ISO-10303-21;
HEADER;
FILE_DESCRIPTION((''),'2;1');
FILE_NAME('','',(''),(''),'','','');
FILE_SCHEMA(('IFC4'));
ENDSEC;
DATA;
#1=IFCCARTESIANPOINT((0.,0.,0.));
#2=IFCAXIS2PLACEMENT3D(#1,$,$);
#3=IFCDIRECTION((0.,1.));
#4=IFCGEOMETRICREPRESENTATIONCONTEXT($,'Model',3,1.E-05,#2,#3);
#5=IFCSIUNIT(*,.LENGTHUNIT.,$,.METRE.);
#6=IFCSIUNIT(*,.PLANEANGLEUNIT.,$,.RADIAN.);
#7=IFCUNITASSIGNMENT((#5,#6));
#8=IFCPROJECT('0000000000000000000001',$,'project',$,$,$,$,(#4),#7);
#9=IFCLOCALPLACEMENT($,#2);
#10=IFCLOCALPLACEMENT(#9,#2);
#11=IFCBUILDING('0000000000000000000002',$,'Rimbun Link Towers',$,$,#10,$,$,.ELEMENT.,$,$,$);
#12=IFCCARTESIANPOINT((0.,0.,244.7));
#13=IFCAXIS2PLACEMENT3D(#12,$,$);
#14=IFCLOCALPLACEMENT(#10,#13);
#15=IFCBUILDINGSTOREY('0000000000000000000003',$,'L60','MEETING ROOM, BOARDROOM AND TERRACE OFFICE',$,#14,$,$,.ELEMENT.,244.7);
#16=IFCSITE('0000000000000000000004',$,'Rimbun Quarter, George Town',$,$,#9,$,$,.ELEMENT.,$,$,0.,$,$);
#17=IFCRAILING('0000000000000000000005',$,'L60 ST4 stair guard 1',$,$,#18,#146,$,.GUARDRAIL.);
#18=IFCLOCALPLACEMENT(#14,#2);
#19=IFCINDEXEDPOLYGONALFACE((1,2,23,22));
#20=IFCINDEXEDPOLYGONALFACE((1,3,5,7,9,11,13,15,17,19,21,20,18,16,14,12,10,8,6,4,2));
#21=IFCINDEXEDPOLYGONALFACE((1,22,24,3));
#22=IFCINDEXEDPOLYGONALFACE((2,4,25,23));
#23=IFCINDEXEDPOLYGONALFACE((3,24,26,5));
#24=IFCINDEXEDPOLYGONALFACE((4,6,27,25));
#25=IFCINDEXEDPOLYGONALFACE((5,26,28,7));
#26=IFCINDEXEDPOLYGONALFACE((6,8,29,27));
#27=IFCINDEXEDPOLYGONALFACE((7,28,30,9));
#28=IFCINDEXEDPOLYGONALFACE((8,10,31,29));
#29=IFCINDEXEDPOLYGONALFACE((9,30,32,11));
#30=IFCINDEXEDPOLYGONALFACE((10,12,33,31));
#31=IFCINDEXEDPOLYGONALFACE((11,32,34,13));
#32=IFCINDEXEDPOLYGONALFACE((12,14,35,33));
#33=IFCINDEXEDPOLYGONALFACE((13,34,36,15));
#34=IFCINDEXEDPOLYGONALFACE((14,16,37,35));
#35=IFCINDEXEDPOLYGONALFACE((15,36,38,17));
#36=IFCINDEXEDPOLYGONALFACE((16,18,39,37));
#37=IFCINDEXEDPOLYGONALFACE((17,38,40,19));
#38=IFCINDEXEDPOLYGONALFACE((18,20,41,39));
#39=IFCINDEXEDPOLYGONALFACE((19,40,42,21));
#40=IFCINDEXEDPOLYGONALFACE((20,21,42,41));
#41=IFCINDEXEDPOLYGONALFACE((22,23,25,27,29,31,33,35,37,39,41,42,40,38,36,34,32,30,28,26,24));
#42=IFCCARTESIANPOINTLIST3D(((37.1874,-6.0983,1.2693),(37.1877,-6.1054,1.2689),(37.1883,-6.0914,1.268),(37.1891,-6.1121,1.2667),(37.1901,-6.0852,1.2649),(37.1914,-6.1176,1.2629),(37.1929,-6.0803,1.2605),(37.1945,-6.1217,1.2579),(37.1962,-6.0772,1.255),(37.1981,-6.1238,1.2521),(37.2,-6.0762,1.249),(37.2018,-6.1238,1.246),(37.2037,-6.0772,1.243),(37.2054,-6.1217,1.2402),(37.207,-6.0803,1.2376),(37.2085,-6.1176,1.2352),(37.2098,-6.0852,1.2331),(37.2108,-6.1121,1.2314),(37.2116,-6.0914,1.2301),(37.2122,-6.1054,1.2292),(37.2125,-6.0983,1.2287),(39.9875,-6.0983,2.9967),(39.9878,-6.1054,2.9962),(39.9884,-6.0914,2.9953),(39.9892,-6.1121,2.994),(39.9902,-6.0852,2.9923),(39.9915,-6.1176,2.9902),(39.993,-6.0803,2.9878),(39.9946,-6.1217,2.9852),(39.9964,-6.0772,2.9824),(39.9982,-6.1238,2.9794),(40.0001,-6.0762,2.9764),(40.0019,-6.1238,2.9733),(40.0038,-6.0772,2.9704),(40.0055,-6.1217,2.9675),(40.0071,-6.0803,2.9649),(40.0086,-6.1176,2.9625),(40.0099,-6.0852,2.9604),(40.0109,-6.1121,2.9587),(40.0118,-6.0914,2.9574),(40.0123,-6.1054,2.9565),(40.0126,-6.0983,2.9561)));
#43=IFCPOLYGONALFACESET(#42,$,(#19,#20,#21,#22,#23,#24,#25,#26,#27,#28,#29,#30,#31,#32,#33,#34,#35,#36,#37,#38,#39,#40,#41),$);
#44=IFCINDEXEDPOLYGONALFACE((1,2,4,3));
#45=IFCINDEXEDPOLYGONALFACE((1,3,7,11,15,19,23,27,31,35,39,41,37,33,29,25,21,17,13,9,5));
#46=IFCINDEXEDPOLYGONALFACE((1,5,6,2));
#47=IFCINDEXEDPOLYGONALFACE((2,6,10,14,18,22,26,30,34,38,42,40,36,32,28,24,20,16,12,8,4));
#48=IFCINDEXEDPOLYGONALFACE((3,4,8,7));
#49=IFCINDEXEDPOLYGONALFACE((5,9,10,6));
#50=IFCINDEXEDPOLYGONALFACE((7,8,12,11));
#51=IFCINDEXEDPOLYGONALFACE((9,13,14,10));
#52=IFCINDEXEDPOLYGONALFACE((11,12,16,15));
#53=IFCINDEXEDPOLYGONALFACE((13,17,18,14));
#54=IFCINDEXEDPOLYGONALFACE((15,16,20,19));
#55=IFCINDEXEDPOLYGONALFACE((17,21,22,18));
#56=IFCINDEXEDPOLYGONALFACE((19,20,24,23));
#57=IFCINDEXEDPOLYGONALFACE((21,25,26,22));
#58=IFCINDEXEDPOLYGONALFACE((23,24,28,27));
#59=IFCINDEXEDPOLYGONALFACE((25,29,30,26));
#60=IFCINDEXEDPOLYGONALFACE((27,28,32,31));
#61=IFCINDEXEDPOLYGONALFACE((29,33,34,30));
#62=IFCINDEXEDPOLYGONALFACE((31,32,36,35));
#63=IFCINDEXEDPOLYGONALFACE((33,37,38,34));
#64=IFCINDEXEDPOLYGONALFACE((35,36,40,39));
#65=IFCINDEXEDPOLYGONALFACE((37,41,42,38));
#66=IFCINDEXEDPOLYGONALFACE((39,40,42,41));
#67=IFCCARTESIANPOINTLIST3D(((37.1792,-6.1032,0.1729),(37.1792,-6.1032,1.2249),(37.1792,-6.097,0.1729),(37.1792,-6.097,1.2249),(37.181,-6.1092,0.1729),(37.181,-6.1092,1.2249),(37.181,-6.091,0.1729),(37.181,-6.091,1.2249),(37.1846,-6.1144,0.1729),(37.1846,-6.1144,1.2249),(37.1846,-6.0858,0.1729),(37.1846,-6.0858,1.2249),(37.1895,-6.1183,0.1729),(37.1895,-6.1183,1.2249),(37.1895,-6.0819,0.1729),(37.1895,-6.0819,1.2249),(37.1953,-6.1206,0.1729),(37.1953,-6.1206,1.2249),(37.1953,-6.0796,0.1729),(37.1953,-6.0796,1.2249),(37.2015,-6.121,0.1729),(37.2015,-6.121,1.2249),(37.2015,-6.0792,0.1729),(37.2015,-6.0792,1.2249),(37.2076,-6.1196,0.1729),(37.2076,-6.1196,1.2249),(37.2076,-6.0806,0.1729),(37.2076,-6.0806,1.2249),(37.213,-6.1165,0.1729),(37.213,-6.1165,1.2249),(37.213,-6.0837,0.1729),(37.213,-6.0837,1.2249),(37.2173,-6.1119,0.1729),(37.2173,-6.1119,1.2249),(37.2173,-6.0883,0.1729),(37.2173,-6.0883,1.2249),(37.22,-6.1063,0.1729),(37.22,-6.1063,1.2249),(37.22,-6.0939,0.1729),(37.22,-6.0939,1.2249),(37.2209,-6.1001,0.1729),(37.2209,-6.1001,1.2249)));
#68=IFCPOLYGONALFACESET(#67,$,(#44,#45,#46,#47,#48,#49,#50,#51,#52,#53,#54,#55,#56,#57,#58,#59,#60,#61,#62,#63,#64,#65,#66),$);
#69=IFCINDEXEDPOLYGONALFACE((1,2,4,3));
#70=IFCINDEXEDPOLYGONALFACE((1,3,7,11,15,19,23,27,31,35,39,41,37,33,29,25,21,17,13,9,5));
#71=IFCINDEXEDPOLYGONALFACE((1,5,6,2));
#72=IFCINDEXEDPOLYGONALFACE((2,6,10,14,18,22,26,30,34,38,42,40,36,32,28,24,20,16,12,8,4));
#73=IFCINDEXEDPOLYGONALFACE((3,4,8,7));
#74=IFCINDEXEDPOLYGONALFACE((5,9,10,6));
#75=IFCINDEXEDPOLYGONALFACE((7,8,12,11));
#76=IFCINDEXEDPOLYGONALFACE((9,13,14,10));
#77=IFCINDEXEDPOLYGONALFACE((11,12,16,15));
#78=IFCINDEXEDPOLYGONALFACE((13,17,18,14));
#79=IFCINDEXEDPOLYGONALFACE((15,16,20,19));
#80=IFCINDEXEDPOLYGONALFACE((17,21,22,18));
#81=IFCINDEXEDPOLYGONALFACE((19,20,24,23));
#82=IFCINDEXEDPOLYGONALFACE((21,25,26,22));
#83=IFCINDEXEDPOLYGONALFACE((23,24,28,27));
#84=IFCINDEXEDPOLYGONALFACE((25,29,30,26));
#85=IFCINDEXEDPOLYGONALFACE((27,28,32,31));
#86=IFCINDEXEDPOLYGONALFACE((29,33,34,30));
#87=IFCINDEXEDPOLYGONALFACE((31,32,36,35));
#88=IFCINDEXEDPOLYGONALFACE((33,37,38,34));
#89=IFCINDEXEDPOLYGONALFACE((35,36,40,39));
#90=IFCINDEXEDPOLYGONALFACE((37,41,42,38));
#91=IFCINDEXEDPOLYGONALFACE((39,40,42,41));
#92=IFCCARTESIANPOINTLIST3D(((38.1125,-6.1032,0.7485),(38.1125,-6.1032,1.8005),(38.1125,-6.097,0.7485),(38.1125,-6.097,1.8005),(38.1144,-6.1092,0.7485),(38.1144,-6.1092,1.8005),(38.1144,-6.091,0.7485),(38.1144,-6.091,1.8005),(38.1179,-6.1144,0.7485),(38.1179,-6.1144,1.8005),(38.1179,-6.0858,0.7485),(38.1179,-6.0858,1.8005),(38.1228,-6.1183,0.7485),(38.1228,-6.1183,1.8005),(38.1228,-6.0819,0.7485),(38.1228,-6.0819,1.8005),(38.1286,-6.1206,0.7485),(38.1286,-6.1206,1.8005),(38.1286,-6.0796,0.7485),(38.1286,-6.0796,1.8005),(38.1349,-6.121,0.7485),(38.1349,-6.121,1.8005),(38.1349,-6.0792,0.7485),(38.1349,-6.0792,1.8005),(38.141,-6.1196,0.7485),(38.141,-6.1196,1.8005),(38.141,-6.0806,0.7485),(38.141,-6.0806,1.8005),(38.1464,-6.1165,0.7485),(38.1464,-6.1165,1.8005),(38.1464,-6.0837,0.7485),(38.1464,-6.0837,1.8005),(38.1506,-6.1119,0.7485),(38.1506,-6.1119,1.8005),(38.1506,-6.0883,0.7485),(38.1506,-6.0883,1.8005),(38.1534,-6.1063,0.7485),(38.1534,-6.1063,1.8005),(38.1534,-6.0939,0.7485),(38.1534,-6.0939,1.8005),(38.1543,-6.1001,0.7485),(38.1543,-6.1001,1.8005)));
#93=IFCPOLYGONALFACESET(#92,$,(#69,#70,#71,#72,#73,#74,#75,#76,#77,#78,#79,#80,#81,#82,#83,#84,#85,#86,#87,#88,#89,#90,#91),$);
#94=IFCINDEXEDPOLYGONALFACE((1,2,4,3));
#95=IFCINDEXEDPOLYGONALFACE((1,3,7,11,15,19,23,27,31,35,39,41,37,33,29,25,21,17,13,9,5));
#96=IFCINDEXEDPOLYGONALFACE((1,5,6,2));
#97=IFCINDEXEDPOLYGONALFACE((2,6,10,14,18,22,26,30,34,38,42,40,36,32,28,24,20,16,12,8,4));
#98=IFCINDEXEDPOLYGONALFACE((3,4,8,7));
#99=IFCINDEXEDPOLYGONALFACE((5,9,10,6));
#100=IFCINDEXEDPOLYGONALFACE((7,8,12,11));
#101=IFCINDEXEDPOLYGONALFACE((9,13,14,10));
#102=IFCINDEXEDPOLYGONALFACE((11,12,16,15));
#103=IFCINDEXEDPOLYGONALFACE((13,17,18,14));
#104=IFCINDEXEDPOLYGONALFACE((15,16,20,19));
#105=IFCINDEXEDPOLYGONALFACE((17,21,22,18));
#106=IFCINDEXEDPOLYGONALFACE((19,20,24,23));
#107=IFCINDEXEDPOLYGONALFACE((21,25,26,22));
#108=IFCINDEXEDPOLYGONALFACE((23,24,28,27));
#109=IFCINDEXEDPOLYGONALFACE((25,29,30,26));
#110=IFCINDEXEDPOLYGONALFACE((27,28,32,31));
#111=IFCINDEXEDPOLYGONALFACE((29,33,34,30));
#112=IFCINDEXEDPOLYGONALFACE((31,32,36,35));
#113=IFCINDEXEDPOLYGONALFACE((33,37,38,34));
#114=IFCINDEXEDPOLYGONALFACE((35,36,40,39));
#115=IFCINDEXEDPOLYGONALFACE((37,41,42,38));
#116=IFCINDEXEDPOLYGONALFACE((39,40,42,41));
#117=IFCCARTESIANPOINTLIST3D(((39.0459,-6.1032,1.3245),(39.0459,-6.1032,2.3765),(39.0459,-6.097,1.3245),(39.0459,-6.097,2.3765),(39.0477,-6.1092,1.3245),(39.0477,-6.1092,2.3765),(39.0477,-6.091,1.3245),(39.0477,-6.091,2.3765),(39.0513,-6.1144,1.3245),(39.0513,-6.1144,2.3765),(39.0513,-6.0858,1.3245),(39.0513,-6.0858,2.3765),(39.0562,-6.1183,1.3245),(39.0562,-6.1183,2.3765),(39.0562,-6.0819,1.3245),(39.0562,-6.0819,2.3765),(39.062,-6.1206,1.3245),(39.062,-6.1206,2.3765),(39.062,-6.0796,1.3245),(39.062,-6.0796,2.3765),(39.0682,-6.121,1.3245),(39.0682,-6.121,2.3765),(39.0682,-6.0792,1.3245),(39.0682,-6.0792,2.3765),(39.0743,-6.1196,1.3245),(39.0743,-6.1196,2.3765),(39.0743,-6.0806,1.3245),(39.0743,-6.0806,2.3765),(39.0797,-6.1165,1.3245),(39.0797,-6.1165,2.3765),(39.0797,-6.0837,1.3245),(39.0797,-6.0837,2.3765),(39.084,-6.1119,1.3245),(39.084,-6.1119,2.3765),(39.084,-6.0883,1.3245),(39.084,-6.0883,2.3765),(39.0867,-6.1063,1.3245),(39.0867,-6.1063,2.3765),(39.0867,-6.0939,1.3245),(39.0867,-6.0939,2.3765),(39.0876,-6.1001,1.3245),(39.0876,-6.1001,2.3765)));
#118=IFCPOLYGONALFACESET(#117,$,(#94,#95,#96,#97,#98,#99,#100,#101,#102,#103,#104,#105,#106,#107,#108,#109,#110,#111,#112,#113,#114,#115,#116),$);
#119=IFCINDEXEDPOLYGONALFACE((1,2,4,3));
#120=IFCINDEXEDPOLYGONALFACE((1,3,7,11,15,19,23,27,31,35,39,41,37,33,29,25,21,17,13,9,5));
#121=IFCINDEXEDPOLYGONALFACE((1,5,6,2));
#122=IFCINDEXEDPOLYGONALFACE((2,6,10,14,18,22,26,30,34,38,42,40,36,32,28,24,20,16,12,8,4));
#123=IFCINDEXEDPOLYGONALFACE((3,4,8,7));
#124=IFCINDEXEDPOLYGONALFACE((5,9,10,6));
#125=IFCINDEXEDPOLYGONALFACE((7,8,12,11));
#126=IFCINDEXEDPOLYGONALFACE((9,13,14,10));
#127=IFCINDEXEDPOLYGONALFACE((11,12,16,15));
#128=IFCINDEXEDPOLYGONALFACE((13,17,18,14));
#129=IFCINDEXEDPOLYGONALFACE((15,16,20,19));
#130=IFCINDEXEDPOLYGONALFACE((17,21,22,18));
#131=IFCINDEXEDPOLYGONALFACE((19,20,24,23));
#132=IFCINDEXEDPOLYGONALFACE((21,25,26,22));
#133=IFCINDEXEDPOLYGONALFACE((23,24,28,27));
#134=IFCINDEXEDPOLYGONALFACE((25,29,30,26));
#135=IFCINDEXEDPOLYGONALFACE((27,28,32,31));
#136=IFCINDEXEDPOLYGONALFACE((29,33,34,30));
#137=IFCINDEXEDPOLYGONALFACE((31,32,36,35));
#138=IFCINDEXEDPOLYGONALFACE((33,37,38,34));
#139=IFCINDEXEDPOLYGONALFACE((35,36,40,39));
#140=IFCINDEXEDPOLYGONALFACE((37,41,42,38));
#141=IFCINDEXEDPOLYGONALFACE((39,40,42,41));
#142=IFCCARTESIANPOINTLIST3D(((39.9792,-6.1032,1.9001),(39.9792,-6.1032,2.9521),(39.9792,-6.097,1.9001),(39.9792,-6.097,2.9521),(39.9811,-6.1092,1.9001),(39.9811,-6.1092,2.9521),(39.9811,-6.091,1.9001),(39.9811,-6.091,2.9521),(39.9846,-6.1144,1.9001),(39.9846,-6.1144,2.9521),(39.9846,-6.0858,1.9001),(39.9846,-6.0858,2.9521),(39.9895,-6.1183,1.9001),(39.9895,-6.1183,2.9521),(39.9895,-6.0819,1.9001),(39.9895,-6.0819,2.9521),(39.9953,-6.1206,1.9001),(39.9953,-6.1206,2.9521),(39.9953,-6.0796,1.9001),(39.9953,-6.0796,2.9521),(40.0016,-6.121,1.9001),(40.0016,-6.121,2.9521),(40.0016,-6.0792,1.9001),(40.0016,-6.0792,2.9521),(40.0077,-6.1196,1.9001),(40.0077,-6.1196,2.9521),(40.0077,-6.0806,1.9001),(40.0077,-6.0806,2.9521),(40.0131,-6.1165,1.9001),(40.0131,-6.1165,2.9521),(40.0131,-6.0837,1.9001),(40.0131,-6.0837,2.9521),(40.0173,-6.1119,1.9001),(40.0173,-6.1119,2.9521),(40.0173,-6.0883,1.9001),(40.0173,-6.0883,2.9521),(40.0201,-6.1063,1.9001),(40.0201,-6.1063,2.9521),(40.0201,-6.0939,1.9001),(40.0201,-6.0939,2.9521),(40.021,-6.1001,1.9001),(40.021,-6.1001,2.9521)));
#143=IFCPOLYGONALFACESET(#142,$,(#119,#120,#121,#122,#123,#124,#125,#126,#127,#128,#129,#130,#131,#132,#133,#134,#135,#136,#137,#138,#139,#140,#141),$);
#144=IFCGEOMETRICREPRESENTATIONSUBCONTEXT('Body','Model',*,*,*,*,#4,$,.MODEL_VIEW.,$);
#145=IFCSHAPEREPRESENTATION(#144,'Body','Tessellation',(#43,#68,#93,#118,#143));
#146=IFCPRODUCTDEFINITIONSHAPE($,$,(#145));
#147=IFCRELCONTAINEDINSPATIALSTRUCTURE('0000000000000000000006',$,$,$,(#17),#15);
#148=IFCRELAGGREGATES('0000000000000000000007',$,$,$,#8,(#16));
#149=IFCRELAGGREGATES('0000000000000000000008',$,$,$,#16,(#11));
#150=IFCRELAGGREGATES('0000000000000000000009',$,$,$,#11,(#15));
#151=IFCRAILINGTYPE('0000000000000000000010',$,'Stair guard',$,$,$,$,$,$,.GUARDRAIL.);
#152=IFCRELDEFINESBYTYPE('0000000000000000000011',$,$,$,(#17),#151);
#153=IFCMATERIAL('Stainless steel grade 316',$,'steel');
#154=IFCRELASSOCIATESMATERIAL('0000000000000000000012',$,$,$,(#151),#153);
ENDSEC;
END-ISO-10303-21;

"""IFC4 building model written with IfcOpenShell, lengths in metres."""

from ifc_helpers import new_model, si_unit, direction, frame, origin, origin_2d, place, context, subcontext, project, spatial, circle, extrude, material, type_object, element, save


model = new_model("IFC4")

# Units and contexts
model_context = context("Model", 3, precision=1e-05, world=origin(), true_north=direction((0.0, 1.0)))
body_context = subcontext(model_context, "Body", "Model", "MODEL_VIEW")
ifc_project = project(units=[si_unit("LENGTHUNIT", "METRE"), si_unit("PLANEANGLEUNIT", "RADIAN")], contexts=[model_context])

# Site, building, storey
site_placement = place(None, origin())
site = spatial("IfcSite", under=ifc_project, at=site_placement, Name="Rimbun Quarter, George Town", CompositionType="ELEMENT", RefElevation=0.0)
building_placement = place(site_placement, origin())
building = spatial("IfcBuilding", under=site, at=building_placement, Name="Rimbun Link Towers", CompositionType="ELEMENT")
storey_placement = place(building_placement, frame((0.0, 0.0, 244.7)))
storey = spatial("IfcBuildingStorey", under=building, at=storey_placement, Name="L60", Description="MEETING ROOM, BOARDROOM AND TERRACE OFFICE", CompositionType="ELEMENT", Elevation=244.7)

# Railing
ifc_material_1 = material(Name="Stainless steel grade 316", Category="steel")
railing_type_1 = type_object("IfcRailingType", Name="Stair guard", PredefinedType="GUARDRAIL", material=ifc_material_1)
railing_1_placement = place(storey_placement, frame((37.2, -6.1001, 0.1729)))
element("IfcRailing", 1, at=railing_1_placement, inside=storey, type_object=railing_type_1, Name="L60 ST4 stair guard 1", PredefinedType="GUARDRAIL", context=body_context, shape_type="SweptSolid", body=[
    extrude(circle(Radius=0.0239, at=origin_2d()), frame((0.0, 0.0, 1.0762), z_axis=(0.85109, 0.0, 0.52502), x_axis=(0.0, 1.0, 0.0)), (0.0, 0.0, 1.0), 3.29),
    extrude(circle(Radius=0.021, at=origin_2d()), origin(), (0.0, 0.0, 1.0), 1.052),
    extrude(circle(Radius=0.021, at=origin_2d()), frame((0.9333, 0.0, 0.5757)), (0.0, 0.0, 1.0), 1.052),
    extrude(circle(Radius=0.021, at=origin_2d()), frame((1.8667, 0.0, 1.1516)), (0.0, 0.0, 1.0), 1.052),
    extrude(circle(Radius=0.021, at=origin_2d()), frame((2.8, 0.0, 1.7273)), (0.0, 0.0, 1.0), 1.052),
])

save(model, "model.ifc")
